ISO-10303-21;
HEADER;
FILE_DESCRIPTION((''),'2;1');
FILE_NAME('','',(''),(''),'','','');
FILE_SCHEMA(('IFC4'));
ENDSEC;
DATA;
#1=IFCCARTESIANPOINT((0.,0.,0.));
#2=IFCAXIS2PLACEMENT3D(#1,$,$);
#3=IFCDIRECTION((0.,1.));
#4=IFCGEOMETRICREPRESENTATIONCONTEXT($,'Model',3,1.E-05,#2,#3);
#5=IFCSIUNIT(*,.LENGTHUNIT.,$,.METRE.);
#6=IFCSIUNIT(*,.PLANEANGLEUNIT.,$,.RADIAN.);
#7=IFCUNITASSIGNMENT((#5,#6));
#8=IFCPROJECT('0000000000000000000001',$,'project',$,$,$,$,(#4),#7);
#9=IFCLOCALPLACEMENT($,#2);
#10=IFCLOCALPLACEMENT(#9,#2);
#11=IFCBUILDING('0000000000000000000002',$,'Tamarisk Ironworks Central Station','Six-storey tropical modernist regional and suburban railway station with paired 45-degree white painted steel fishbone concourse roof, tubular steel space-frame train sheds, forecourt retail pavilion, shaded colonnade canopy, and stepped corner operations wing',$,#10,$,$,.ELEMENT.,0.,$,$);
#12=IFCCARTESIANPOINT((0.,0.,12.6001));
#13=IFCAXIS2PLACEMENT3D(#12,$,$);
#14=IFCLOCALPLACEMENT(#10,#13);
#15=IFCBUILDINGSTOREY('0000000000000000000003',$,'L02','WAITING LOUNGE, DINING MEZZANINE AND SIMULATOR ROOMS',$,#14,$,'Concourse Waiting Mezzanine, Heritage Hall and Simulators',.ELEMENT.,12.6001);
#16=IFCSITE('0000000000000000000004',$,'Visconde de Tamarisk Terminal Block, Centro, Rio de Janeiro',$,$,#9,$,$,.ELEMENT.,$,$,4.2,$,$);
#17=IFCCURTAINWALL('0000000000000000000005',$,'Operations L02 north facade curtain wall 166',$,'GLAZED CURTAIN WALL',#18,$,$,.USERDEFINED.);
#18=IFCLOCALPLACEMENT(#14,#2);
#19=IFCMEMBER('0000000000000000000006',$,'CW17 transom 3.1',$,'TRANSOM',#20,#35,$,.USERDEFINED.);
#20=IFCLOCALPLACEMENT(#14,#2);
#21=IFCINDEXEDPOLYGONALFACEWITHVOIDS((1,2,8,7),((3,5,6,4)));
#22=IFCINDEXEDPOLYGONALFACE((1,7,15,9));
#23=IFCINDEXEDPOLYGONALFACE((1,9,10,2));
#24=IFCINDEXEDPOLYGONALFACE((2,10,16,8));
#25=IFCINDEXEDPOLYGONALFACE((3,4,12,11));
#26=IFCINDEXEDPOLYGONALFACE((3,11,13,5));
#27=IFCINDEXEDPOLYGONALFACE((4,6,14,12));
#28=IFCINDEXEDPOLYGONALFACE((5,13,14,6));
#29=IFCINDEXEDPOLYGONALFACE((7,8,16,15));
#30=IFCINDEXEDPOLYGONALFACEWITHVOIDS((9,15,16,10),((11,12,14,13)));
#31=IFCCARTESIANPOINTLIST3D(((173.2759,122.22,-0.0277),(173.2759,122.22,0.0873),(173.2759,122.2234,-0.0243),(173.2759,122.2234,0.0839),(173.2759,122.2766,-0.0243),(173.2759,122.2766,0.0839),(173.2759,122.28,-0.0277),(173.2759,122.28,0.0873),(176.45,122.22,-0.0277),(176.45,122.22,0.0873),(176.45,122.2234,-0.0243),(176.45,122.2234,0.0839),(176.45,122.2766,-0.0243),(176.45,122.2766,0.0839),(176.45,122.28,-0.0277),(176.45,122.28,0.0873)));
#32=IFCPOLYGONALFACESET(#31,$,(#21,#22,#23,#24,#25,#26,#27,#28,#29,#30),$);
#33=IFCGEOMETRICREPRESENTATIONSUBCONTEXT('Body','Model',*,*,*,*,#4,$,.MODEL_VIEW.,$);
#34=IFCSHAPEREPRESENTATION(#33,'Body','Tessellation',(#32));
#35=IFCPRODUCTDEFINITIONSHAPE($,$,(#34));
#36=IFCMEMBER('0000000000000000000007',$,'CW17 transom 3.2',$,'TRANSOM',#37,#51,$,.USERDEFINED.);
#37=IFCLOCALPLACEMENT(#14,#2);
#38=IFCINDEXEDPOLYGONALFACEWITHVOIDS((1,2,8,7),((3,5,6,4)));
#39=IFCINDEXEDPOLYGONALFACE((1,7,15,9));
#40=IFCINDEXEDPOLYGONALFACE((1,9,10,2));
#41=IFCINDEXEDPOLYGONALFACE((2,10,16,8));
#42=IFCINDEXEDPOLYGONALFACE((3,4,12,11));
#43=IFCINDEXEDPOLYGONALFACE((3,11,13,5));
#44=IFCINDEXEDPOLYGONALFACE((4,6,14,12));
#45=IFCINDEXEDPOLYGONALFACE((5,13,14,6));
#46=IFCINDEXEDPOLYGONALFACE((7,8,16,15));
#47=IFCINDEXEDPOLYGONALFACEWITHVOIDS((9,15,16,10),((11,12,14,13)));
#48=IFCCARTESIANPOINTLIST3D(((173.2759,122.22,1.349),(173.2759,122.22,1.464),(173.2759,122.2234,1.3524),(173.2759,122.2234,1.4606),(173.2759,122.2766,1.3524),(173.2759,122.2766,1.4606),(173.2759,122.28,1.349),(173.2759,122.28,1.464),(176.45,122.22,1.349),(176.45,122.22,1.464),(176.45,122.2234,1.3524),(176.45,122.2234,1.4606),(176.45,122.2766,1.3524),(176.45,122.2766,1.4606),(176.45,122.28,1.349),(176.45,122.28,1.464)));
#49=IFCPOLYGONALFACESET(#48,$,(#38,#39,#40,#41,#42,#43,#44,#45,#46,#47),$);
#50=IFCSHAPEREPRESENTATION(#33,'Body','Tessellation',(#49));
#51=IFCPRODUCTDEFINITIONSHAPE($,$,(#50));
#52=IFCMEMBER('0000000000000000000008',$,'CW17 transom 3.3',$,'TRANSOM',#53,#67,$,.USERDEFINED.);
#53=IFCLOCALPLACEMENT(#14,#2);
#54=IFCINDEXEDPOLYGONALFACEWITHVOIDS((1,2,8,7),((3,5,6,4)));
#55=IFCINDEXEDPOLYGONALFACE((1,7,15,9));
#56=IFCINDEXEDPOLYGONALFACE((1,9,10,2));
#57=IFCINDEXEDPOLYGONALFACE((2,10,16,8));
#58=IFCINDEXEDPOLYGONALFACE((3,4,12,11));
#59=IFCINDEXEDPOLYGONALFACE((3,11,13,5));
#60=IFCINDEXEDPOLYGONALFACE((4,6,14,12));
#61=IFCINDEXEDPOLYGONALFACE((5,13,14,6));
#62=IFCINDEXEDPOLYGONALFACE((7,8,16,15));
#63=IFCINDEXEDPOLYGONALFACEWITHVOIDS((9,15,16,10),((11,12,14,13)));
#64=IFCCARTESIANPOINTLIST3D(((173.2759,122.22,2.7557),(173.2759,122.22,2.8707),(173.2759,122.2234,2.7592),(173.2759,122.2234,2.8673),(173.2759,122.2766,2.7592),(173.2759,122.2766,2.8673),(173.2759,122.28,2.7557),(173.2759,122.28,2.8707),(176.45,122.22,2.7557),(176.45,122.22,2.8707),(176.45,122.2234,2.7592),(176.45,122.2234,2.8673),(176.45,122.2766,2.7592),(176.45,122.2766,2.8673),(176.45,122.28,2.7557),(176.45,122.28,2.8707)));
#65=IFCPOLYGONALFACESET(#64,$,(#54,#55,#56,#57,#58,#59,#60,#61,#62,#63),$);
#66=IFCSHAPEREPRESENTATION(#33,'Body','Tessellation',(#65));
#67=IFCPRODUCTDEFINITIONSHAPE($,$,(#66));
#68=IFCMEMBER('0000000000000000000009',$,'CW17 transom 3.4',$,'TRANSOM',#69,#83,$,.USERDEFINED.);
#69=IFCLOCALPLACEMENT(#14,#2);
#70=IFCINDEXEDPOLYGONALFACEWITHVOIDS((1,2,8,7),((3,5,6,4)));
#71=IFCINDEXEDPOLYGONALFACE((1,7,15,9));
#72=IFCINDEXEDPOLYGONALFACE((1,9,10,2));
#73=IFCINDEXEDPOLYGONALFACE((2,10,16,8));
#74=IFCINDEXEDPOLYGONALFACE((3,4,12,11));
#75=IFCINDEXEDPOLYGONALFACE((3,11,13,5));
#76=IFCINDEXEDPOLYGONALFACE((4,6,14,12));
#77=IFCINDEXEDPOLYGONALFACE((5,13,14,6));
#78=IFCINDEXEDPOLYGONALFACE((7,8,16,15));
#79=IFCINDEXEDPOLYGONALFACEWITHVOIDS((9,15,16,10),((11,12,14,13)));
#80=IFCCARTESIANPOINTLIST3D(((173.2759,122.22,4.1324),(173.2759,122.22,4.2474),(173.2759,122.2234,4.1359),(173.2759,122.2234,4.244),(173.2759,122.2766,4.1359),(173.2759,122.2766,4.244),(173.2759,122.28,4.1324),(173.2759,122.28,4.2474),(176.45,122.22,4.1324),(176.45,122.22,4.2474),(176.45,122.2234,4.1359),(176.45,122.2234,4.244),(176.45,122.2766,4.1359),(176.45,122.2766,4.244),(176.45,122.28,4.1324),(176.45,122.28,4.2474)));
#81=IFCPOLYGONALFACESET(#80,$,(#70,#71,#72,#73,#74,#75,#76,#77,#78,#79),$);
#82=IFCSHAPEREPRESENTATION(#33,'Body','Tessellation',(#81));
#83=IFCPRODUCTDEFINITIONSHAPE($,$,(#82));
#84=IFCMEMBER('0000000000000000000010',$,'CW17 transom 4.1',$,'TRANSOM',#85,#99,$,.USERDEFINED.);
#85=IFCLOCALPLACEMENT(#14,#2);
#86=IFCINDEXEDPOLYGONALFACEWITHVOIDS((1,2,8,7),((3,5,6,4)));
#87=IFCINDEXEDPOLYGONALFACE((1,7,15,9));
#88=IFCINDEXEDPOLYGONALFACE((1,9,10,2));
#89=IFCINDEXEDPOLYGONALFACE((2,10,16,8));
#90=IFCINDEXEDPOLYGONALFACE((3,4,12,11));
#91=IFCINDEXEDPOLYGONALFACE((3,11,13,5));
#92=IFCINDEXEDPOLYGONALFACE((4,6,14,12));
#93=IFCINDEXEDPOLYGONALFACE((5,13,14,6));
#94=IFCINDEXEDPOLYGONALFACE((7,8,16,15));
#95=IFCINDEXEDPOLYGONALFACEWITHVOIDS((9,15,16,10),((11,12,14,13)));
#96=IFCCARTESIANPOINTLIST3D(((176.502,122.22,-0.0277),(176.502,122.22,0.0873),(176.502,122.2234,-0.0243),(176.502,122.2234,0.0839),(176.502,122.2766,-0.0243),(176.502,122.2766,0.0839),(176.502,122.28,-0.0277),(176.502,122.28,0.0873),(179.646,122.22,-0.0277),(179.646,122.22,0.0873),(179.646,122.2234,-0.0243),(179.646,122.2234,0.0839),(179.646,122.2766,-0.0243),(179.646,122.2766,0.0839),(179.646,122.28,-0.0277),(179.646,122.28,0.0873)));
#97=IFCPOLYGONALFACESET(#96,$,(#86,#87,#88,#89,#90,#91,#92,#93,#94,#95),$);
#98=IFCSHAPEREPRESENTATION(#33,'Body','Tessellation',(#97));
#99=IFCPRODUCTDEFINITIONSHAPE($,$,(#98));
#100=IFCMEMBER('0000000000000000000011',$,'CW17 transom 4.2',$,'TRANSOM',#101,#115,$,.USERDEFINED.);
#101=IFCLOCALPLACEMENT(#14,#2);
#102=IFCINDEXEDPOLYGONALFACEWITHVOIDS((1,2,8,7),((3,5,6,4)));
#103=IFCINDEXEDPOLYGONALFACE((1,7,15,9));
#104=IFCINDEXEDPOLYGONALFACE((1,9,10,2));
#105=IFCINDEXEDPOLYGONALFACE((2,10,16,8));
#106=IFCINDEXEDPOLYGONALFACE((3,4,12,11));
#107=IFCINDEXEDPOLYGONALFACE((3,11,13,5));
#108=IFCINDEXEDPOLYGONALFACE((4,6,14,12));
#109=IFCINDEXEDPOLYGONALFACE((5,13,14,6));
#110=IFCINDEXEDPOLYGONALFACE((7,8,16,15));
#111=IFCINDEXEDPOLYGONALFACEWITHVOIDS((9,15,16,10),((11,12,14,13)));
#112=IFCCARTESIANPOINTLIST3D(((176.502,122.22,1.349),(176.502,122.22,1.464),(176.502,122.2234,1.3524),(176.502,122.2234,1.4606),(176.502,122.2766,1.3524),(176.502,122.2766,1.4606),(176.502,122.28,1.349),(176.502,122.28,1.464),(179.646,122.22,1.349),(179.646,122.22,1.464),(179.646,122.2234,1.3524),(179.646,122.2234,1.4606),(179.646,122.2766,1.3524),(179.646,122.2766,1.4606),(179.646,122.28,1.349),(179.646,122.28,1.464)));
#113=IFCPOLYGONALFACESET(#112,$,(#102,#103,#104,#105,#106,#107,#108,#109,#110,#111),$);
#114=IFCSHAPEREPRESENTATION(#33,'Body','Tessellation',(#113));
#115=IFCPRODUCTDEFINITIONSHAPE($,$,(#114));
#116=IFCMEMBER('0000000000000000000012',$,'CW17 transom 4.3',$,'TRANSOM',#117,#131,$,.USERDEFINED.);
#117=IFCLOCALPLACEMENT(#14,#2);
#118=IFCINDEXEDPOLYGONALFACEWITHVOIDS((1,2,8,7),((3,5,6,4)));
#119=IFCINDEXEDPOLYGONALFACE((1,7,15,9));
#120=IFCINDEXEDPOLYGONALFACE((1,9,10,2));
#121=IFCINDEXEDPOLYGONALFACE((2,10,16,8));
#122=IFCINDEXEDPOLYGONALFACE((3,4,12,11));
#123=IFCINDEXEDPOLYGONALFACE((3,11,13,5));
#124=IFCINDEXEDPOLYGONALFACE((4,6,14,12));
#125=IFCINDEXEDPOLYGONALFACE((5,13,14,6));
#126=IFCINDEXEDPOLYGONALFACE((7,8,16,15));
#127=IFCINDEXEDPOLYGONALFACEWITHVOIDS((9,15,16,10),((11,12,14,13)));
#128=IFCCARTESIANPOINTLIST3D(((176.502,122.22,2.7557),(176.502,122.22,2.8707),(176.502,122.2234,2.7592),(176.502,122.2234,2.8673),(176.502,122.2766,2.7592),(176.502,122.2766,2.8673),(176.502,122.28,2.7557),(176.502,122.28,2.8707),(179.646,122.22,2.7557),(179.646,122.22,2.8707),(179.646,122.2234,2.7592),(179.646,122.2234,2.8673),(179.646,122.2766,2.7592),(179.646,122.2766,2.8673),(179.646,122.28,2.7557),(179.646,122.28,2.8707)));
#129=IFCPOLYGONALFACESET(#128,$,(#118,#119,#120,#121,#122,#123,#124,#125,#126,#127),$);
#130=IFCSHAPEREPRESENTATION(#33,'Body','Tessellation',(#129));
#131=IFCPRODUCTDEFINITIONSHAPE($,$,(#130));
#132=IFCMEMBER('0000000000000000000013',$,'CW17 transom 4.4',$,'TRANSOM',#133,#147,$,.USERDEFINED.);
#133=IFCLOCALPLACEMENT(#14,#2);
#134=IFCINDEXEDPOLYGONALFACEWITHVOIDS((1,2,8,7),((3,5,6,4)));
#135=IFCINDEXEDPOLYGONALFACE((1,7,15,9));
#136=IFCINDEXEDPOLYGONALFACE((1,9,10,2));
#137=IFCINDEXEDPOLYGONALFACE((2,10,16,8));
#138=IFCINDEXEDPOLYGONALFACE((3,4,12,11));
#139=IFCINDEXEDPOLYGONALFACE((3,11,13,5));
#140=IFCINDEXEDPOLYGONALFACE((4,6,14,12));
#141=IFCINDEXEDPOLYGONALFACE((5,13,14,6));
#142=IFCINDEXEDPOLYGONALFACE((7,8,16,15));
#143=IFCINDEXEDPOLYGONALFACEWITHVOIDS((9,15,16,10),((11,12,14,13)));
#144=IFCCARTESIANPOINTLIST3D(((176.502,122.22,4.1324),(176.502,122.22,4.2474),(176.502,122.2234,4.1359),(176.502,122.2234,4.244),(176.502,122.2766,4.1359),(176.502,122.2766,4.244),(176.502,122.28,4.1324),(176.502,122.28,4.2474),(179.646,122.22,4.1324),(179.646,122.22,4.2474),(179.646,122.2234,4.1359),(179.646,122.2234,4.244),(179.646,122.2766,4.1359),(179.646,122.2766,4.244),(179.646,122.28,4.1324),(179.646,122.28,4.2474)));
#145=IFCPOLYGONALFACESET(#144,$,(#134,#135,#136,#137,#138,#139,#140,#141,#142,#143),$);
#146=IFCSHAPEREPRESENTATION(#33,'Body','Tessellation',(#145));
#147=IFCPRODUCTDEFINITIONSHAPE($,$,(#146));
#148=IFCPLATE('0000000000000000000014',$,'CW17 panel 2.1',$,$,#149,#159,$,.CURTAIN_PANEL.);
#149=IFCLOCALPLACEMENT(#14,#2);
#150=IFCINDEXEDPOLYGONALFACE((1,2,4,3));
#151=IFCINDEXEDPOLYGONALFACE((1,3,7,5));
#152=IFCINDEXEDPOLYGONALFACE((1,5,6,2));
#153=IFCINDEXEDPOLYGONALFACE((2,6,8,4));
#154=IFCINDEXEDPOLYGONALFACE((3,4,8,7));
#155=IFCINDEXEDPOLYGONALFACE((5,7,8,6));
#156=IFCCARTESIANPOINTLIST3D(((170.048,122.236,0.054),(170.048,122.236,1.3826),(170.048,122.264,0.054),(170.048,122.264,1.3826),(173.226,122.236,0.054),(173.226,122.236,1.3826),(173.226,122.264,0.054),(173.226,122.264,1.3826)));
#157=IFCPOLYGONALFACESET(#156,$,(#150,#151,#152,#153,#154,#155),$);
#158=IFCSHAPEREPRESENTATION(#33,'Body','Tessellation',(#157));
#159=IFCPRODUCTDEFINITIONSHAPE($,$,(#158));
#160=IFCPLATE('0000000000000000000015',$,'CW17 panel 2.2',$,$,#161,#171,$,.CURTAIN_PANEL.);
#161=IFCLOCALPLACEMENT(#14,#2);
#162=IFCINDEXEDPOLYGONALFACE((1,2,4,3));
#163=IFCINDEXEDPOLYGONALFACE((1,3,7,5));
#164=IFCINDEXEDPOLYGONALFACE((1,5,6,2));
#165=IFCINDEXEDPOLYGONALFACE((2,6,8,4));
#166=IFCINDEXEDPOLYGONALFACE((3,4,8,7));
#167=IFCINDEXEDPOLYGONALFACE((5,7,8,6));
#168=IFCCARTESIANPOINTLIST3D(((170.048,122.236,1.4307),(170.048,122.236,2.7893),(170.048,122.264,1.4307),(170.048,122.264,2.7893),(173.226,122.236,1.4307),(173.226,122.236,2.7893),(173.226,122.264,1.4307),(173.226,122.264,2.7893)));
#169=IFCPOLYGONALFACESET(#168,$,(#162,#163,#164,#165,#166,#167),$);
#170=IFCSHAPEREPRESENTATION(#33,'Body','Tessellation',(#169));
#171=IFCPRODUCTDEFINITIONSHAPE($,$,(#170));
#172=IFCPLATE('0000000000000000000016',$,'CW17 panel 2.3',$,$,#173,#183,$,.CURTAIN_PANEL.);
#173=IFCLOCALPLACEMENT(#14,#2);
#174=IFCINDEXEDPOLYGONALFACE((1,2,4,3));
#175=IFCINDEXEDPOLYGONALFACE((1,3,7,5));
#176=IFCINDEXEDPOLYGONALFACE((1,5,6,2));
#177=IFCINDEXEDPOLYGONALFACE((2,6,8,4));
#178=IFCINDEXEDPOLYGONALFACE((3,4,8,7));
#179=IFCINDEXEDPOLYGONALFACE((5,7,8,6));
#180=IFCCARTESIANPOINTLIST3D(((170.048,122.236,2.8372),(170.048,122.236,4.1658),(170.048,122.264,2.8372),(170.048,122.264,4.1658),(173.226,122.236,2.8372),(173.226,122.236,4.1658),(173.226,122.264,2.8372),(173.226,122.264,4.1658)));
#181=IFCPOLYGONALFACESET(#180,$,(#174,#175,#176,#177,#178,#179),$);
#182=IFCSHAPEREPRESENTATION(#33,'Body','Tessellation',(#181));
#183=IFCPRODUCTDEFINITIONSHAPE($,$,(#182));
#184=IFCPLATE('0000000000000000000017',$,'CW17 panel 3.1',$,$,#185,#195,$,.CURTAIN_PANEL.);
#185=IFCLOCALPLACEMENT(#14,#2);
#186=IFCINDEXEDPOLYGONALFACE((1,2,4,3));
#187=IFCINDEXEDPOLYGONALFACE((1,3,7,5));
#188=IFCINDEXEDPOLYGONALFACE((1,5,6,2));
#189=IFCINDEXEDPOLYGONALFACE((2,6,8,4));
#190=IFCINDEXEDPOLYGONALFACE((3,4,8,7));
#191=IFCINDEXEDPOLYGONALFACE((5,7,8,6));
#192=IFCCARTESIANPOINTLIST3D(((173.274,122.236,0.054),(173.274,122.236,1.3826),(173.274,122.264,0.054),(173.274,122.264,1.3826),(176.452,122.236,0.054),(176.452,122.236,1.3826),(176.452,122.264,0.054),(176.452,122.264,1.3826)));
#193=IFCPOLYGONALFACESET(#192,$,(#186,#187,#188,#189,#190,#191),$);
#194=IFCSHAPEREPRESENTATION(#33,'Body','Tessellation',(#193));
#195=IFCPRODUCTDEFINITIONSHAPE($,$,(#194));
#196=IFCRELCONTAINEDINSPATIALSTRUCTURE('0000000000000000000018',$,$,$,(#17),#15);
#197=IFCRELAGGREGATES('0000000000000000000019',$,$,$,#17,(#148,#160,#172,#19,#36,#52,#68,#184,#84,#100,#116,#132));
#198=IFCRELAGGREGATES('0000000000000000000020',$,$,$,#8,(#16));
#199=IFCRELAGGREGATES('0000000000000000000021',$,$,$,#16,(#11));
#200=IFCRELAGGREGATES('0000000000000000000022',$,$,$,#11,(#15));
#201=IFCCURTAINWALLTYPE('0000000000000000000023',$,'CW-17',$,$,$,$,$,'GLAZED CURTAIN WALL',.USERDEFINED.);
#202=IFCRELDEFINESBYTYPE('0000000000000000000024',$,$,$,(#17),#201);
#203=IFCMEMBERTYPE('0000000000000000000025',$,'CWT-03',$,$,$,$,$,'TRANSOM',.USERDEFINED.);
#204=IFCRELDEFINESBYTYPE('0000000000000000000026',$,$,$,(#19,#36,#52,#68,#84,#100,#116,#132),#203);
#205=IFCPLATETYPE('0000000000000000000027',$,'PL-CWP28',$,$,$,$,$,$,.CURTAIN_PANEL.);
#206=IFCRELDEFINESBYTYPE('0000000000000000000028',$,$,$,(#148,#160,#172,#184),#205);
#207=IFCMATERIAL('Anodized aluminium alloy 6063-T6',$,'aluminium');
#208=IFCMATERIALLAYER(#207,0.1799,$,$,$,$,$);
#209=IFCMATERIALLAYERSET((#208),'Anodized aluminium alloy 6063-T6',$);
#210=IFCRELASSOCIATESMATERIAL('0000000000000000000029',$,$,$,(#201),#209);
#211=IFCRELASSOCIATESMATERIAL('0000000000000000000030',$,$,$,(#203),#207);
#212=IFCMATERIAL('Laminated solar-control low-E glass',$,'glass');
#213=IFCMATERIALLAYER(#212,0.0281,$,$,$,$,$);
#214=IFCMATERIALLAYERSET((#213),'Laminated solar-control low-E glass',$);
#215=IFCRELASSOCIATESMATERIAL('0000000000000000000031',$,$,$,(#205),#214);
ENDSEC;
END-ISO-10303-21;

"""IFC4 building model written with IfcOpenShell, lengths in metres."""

from ifc_helpers import new_model, si_unit, direction, frame, origin, origin_2d, place, context, subcontext, project, spatial, rectangle, hollow_rectangle, extrude, material, layer, layer_set, material_profile, profile_set, type_object, element, aggregate, save


model = new_model("IFC4")

# Units and contexts
model_context = context("Model", 3, precision=1e-05, world=origin(), true_north=direction((0.0, 1.0)))
body_context = subcontext(model_context, "Body", "Model", "MODEL_VIEW")
ifc_project = project(units=[si_unit("LENGTHUNIT", "METRE"), si_unit("PLANEANGLEUNIT", "RADIAN")], contexts=[model_context])

# Site, building, storey
site_placement = place(None, origin())
site = spatial("IfcSite", under=ifc_project, at=site_placement, Name="Visconde de Tamarisk Terminal Block, Centro, Rio de Janeiro", CompositionType="ELEMENT", RefElevation=4.2)
building_placement = place(site_placement, origin())
building = spatial("IfcBuilding", under=site, at=building_placement, Name="Tamarisk Ironworks Central Station", Description="Six-storey tropical modernist regional and suburban railway station with paired 45-degree white painted steel fishbone concourse roof, tubular steel space-frame train sheds, forecourt retail pavilion, shaded colonnade canopy, and stepped corner operations wing", CompositionType="ELEMENT", ElevationOfRefHeight=0.0)
storey_placement = place(building_placement, frame((0.0, 0.0, 12.6001)))
storey = spatial("IfcBuildingStorey", under=building, at=storey_placement, Name="L02", Description="WAITING LOUNGE, DINING MEZZANINE AND SIMULATOR ROOMS", LongName="Concourse Waiting Mezzanine, Heritage Hall and Simulators", CompositionType="ELEMENT", Elevation=12.6001)

# Curtain wall, members, plates
ifc_material_1 = material(Name="Anodized aluminium alloy 6063-T6", Category="aluminium")
ifc_layer_1 = layer(ifc_material_1, 0.1799)
ifc_layer_set_1 = layer_set([ifc_layer_1], Name="Anodized aluminium alloy 6063-T6")
curtain_wall_type = type_object("IfcCurtainWallType", Name="CW-17", ElementType="GLAZED CURTAIN WALL", PredefinedType="USERDEFINED", material=ifc_layer_set_1)
curtain_wall_placement = place(storey_placement, origin())
curtain_wall = element("IfcCurtainWall", 1, at=curtain_wall_placement, inside=storey, type_object=curtain_wall_type, Name="Operations L02 north facade curtain wall 166", ObjectType="GLAZED CURTAIN WALL", PredefinedType="USERDEFINED")
ifc_material_profile_1 = material_profile(ifc_material_1, hollow_rectangle(XDim=0.0601, YDim=0.115, WallThickness=0.0034, at=origin_2d()), Name="ALUM 115x60")
ifc_profile_set_1 = profile_set([ifc_material_profile_1], Name="Anodized aluminium alloy 6063-T6")
member_type_1 = type_object("IfcMemberType", Name="CWT-03", ElementType="TRANSOM", PredefinedType="USERDEFINED", material=ifc_profile_set_1)
member_1_placement = place(storey_placement, frame((173.2759, 122.25, 0.0298), z_axis=(1.0, 0.0, 0.0), x_axis=(0.0, 1.0, 0.0)))
member_1 = element("IfcMember", 2, at=member_1_placement, type_object=member_type_1, Name="CW17 transom 3.1", ObjectType="TRANSOM", PredefinedType="USERDEFINED", context=body_context, shape_type="SweptSolid", body=[
    extrude(hollow_rectangle(XDim=0.0601, YDim=0.115, WallThickness=0.0034, at=origin_2d()), origin(), (0.0, 0.0, 1.0), 3.1741),
])
member_2_placement = place(storey_placement, frame((173.2759, 122.25, 1.4065), z_axis=(1.0, 0.0, 0.0), x_axis=(0.0, 1.0, 0.0)))
member_2 = element("IfcMember", 3, at=member_2_placement, type_object=member_type_1, Name="CW17 transom 3.2", ObjectType="TRANSOM", PredefinedType="USERDEFINED", context=body_context, shape_type="SweptSolid", body=[
    extrude(hollow_rectangle(XDim=0.0601, YDim=0.115, WallThickness=0.0034, at=origin_2d()), origin(), (0.0, 0.0, 1.0), 3.1741),
])
member_3_placement = place(storey_placement, frame((173.2759, 122.25, 2.8132), z_axis=(1.0, 0.0, 0.0), x_axis=(0.0, 1.0, 0.0)))
member_3 = element("IfcMember", 4, at=member_3_placement, type_object=member_type_1, Name="CW17 transom 3.3", ObjectType="TRANSOM", PredefinedType="USERDEFINED", context=body_context, shape_type="SweptSolid", body=[
    extrude(hollow_rectangle(XDim=0.0601, YDim=0.115, WallThickness=0.0034, at=origin_2d()), origin(), (0.0, 0.0, 1.0), 3.1741),
])
member_4_placement = place(storey_placement, frame((173.2759, 122.25, 4.1899), z_axis=(1.0, 0.0, 0.0), x_axis=(0.0, 1.0, 0.0)))
member_4 = element("IfcMember", 5, at=member_4_placement, type_object=member_type_1, Name="CW17 transom 3.4", ObjectType="TRANSOM", PredefinedType="USERDEFINED", context=body_context, shape_type="SweptSolid", body=[
    extrude(hollow_rectangle(XDim=0.0601, YDim=0.115, WallThickness=0.0034, at=origin_2d()), origin(), (0.0, 0.0, 1.0), 3.1741),
])
member_5_placement = place(storey_placement, frame((176.502, 122.25, 0.0298), z_axis=(1.0, 0.0, 0.0), x_axis=(0.0, 1.0, 0.0)))
member_5 = element("IfcMember", 6, at=member_5_placement, type_object=member_type_1, Name="CW17 transom 4.1", ObjectType="TRANSOM", PredefinedType="USERDEFINED", context=body_context, shape_type="SweptSolid", body=[
    extrude(hollow_rectangle(XDim=0.0601, YDim=0.115, WallThickness=0.0034, at=origin_2d()), origin(), (0.0, 0.0, 1.0), 3.144),
])
member_6_placement = place(storey_placement, frame((176.502, 122.25, 1.4065), z_axis=(1.0, 0.0, 0.0), x_axis=(0.0, 1.0, 0.0)))
member_6 = element("IfcMember", 7, at=member_6_placement, type_object=member_type_1, Name="CW17 transom 4.2", ObjectType="TRANSOM", PredefinedType="USERDEFINED", context=body_context, shape_type="SweptSolid", body=[
    extrude(hollow_rectangle(XDim=0.0601, YDim=0.115, WallThickness=0.0034, at=origin_2d()), origin(), (0.0, 0.0, 1.0), 3.144),
])
member_7_placement = place(storey_placement, frame((176.502, 122.25, 2.8132), z_axis=(1.0, 0.0, 0.0), x_axis=(0.0, 1.0, 0.0)))
member_7 = element("IfcMember", 8, at=member_7_placement, type_object=member_type_1, Name="CW17 transom 4.3", ObjectType="TRANSOM", PredefinedType="USERDEFINED", context=body_context, shape_type="SweptSolid", body=[
    extrude(hollow_rectangle(XDim=0.0601, YDim=0.115, WallThickness=0.0034, at=origin_2d()), origin(), (0.0, 0.0, 1.0), 3.144),
])
member_8_placement = place(storey_placement, frame((176.502, 122.25, 4.1899), z_axis=(1.0, 0.0, 0.0), x_axis=(0.0, 1.0, 0.0)))
member_8 = element("IfcMember", 9, at=member_8_placement, type_object=member_type_1, Name="CW17 transom 4.4", ObjectType="TRANSOM", PredefinedType="USERDEFINED", context=body_context, shape_type="SweptSolid", body=[
    extrude(hollow_rectangle(XDim=0.0601, YDim=0.115, WallThickness=0.0034, at=origin_2d()), origin(), (0.0, 0.0, 1.0), 3.144),
])
ifc_material_2 = material(Name="Laminated solar-control low-E glass", Category="glass")
ifc_layer_2 = layer(ifc_material_2, 0.0281)
ifc_layer_set_2 = layer_set([ifc_layer_2], Name="Laminated solar-control low-E glass")
plate_type = type_object("IfcPlateType", Name="PL-CWP28", PredefinedType="CURTAIN_PANEL", material=ifc_layer_set_2)
plate_1_placement = place(storey_placement, frame((171.637, 122.25, 0.054), z_axis=(0.0, 0.0, 1.0), x_axis=(1.0, 0.0, 0.0)))
plate_1 = element("IfcPlate", 10, at=plate_1_placement, type_object=plate_type, Name="CW17 panel 2.1", PredefinedType="CURTAIN_PANEL", context=body_context, shape_type="SweptSolid", body=[
    extrude(rectangle(XDim=3.178, YDim=0.0281, at=origin_2d()), origin(), (0.0, 0.0, 1.0), 1.3286),
])
plate_2_placement = place(storey_placement, frame((171.637, 122.25, 1.4307), z_axis=(0.0, 0.0, 1.0), x_axis=(1.0, 0.0, 0.0)))
plate_2 = element("IfcPlate", 11, at=plate_2_placement, type_object=plate_type, Name="CW17 panel 2.2", PredefinedType="CURTAIN_PANEL", context=body_context, shape_type="SweptSolid", body=[
    extrude(rectangle(XDim=3.178, YDim=0.0281, at=origin_2d()), origin(), (0.0, 0.0, 1.0), 1.3586),
])
plate_3_placement = place(storey_placement, frame((171.637, 122.25, 2.8372), z_axis=(0.0, 0.0, 1.0), x_axis=(1.0, 0.0, 0.0)))
plate_3 = element("IfcPlate", 12, at=plate_3_placement, type_object=plate_type, Name="CW17 panel 2.3", PredefinedType="CURTAIN_PANEL", context=body_context, shape_type="SweptSolid", body=[
    extrude(rectangle(XDim=3.178, YDim=0.0281, at=origin_2d()), origin(), (0.0, 0.0, 1.0), 1.3286),
])
plate_4_placement = place(storey_placement, frame((174.863, 122.25, 0.054), z_axis=(0.0, 0.0, 1.0), x_axis=(1.0, 0.0, 0.0)))
plate_4 = element("IfcPlate", 13, at=plate_4_placement, type_object=plate_type, Name="CW17 panel 3.1", PredefinedType="CURTAIN_PANEL", context=body_context, shape_type="SweptSolid", body=[
    extrude(rectangle(XDim=3.178, YDim=0.0281, at=origin_2d()), origin(), (0.0, 0.0, 1.0), 1.3286),
])
aggregate(curtain_wall, [plate_1, plate_2, plate_3, member_1, member_2, member_3, member_4, plate_4, member_5, member_6, member_7, member_8])

save(model, "model.ifc")
